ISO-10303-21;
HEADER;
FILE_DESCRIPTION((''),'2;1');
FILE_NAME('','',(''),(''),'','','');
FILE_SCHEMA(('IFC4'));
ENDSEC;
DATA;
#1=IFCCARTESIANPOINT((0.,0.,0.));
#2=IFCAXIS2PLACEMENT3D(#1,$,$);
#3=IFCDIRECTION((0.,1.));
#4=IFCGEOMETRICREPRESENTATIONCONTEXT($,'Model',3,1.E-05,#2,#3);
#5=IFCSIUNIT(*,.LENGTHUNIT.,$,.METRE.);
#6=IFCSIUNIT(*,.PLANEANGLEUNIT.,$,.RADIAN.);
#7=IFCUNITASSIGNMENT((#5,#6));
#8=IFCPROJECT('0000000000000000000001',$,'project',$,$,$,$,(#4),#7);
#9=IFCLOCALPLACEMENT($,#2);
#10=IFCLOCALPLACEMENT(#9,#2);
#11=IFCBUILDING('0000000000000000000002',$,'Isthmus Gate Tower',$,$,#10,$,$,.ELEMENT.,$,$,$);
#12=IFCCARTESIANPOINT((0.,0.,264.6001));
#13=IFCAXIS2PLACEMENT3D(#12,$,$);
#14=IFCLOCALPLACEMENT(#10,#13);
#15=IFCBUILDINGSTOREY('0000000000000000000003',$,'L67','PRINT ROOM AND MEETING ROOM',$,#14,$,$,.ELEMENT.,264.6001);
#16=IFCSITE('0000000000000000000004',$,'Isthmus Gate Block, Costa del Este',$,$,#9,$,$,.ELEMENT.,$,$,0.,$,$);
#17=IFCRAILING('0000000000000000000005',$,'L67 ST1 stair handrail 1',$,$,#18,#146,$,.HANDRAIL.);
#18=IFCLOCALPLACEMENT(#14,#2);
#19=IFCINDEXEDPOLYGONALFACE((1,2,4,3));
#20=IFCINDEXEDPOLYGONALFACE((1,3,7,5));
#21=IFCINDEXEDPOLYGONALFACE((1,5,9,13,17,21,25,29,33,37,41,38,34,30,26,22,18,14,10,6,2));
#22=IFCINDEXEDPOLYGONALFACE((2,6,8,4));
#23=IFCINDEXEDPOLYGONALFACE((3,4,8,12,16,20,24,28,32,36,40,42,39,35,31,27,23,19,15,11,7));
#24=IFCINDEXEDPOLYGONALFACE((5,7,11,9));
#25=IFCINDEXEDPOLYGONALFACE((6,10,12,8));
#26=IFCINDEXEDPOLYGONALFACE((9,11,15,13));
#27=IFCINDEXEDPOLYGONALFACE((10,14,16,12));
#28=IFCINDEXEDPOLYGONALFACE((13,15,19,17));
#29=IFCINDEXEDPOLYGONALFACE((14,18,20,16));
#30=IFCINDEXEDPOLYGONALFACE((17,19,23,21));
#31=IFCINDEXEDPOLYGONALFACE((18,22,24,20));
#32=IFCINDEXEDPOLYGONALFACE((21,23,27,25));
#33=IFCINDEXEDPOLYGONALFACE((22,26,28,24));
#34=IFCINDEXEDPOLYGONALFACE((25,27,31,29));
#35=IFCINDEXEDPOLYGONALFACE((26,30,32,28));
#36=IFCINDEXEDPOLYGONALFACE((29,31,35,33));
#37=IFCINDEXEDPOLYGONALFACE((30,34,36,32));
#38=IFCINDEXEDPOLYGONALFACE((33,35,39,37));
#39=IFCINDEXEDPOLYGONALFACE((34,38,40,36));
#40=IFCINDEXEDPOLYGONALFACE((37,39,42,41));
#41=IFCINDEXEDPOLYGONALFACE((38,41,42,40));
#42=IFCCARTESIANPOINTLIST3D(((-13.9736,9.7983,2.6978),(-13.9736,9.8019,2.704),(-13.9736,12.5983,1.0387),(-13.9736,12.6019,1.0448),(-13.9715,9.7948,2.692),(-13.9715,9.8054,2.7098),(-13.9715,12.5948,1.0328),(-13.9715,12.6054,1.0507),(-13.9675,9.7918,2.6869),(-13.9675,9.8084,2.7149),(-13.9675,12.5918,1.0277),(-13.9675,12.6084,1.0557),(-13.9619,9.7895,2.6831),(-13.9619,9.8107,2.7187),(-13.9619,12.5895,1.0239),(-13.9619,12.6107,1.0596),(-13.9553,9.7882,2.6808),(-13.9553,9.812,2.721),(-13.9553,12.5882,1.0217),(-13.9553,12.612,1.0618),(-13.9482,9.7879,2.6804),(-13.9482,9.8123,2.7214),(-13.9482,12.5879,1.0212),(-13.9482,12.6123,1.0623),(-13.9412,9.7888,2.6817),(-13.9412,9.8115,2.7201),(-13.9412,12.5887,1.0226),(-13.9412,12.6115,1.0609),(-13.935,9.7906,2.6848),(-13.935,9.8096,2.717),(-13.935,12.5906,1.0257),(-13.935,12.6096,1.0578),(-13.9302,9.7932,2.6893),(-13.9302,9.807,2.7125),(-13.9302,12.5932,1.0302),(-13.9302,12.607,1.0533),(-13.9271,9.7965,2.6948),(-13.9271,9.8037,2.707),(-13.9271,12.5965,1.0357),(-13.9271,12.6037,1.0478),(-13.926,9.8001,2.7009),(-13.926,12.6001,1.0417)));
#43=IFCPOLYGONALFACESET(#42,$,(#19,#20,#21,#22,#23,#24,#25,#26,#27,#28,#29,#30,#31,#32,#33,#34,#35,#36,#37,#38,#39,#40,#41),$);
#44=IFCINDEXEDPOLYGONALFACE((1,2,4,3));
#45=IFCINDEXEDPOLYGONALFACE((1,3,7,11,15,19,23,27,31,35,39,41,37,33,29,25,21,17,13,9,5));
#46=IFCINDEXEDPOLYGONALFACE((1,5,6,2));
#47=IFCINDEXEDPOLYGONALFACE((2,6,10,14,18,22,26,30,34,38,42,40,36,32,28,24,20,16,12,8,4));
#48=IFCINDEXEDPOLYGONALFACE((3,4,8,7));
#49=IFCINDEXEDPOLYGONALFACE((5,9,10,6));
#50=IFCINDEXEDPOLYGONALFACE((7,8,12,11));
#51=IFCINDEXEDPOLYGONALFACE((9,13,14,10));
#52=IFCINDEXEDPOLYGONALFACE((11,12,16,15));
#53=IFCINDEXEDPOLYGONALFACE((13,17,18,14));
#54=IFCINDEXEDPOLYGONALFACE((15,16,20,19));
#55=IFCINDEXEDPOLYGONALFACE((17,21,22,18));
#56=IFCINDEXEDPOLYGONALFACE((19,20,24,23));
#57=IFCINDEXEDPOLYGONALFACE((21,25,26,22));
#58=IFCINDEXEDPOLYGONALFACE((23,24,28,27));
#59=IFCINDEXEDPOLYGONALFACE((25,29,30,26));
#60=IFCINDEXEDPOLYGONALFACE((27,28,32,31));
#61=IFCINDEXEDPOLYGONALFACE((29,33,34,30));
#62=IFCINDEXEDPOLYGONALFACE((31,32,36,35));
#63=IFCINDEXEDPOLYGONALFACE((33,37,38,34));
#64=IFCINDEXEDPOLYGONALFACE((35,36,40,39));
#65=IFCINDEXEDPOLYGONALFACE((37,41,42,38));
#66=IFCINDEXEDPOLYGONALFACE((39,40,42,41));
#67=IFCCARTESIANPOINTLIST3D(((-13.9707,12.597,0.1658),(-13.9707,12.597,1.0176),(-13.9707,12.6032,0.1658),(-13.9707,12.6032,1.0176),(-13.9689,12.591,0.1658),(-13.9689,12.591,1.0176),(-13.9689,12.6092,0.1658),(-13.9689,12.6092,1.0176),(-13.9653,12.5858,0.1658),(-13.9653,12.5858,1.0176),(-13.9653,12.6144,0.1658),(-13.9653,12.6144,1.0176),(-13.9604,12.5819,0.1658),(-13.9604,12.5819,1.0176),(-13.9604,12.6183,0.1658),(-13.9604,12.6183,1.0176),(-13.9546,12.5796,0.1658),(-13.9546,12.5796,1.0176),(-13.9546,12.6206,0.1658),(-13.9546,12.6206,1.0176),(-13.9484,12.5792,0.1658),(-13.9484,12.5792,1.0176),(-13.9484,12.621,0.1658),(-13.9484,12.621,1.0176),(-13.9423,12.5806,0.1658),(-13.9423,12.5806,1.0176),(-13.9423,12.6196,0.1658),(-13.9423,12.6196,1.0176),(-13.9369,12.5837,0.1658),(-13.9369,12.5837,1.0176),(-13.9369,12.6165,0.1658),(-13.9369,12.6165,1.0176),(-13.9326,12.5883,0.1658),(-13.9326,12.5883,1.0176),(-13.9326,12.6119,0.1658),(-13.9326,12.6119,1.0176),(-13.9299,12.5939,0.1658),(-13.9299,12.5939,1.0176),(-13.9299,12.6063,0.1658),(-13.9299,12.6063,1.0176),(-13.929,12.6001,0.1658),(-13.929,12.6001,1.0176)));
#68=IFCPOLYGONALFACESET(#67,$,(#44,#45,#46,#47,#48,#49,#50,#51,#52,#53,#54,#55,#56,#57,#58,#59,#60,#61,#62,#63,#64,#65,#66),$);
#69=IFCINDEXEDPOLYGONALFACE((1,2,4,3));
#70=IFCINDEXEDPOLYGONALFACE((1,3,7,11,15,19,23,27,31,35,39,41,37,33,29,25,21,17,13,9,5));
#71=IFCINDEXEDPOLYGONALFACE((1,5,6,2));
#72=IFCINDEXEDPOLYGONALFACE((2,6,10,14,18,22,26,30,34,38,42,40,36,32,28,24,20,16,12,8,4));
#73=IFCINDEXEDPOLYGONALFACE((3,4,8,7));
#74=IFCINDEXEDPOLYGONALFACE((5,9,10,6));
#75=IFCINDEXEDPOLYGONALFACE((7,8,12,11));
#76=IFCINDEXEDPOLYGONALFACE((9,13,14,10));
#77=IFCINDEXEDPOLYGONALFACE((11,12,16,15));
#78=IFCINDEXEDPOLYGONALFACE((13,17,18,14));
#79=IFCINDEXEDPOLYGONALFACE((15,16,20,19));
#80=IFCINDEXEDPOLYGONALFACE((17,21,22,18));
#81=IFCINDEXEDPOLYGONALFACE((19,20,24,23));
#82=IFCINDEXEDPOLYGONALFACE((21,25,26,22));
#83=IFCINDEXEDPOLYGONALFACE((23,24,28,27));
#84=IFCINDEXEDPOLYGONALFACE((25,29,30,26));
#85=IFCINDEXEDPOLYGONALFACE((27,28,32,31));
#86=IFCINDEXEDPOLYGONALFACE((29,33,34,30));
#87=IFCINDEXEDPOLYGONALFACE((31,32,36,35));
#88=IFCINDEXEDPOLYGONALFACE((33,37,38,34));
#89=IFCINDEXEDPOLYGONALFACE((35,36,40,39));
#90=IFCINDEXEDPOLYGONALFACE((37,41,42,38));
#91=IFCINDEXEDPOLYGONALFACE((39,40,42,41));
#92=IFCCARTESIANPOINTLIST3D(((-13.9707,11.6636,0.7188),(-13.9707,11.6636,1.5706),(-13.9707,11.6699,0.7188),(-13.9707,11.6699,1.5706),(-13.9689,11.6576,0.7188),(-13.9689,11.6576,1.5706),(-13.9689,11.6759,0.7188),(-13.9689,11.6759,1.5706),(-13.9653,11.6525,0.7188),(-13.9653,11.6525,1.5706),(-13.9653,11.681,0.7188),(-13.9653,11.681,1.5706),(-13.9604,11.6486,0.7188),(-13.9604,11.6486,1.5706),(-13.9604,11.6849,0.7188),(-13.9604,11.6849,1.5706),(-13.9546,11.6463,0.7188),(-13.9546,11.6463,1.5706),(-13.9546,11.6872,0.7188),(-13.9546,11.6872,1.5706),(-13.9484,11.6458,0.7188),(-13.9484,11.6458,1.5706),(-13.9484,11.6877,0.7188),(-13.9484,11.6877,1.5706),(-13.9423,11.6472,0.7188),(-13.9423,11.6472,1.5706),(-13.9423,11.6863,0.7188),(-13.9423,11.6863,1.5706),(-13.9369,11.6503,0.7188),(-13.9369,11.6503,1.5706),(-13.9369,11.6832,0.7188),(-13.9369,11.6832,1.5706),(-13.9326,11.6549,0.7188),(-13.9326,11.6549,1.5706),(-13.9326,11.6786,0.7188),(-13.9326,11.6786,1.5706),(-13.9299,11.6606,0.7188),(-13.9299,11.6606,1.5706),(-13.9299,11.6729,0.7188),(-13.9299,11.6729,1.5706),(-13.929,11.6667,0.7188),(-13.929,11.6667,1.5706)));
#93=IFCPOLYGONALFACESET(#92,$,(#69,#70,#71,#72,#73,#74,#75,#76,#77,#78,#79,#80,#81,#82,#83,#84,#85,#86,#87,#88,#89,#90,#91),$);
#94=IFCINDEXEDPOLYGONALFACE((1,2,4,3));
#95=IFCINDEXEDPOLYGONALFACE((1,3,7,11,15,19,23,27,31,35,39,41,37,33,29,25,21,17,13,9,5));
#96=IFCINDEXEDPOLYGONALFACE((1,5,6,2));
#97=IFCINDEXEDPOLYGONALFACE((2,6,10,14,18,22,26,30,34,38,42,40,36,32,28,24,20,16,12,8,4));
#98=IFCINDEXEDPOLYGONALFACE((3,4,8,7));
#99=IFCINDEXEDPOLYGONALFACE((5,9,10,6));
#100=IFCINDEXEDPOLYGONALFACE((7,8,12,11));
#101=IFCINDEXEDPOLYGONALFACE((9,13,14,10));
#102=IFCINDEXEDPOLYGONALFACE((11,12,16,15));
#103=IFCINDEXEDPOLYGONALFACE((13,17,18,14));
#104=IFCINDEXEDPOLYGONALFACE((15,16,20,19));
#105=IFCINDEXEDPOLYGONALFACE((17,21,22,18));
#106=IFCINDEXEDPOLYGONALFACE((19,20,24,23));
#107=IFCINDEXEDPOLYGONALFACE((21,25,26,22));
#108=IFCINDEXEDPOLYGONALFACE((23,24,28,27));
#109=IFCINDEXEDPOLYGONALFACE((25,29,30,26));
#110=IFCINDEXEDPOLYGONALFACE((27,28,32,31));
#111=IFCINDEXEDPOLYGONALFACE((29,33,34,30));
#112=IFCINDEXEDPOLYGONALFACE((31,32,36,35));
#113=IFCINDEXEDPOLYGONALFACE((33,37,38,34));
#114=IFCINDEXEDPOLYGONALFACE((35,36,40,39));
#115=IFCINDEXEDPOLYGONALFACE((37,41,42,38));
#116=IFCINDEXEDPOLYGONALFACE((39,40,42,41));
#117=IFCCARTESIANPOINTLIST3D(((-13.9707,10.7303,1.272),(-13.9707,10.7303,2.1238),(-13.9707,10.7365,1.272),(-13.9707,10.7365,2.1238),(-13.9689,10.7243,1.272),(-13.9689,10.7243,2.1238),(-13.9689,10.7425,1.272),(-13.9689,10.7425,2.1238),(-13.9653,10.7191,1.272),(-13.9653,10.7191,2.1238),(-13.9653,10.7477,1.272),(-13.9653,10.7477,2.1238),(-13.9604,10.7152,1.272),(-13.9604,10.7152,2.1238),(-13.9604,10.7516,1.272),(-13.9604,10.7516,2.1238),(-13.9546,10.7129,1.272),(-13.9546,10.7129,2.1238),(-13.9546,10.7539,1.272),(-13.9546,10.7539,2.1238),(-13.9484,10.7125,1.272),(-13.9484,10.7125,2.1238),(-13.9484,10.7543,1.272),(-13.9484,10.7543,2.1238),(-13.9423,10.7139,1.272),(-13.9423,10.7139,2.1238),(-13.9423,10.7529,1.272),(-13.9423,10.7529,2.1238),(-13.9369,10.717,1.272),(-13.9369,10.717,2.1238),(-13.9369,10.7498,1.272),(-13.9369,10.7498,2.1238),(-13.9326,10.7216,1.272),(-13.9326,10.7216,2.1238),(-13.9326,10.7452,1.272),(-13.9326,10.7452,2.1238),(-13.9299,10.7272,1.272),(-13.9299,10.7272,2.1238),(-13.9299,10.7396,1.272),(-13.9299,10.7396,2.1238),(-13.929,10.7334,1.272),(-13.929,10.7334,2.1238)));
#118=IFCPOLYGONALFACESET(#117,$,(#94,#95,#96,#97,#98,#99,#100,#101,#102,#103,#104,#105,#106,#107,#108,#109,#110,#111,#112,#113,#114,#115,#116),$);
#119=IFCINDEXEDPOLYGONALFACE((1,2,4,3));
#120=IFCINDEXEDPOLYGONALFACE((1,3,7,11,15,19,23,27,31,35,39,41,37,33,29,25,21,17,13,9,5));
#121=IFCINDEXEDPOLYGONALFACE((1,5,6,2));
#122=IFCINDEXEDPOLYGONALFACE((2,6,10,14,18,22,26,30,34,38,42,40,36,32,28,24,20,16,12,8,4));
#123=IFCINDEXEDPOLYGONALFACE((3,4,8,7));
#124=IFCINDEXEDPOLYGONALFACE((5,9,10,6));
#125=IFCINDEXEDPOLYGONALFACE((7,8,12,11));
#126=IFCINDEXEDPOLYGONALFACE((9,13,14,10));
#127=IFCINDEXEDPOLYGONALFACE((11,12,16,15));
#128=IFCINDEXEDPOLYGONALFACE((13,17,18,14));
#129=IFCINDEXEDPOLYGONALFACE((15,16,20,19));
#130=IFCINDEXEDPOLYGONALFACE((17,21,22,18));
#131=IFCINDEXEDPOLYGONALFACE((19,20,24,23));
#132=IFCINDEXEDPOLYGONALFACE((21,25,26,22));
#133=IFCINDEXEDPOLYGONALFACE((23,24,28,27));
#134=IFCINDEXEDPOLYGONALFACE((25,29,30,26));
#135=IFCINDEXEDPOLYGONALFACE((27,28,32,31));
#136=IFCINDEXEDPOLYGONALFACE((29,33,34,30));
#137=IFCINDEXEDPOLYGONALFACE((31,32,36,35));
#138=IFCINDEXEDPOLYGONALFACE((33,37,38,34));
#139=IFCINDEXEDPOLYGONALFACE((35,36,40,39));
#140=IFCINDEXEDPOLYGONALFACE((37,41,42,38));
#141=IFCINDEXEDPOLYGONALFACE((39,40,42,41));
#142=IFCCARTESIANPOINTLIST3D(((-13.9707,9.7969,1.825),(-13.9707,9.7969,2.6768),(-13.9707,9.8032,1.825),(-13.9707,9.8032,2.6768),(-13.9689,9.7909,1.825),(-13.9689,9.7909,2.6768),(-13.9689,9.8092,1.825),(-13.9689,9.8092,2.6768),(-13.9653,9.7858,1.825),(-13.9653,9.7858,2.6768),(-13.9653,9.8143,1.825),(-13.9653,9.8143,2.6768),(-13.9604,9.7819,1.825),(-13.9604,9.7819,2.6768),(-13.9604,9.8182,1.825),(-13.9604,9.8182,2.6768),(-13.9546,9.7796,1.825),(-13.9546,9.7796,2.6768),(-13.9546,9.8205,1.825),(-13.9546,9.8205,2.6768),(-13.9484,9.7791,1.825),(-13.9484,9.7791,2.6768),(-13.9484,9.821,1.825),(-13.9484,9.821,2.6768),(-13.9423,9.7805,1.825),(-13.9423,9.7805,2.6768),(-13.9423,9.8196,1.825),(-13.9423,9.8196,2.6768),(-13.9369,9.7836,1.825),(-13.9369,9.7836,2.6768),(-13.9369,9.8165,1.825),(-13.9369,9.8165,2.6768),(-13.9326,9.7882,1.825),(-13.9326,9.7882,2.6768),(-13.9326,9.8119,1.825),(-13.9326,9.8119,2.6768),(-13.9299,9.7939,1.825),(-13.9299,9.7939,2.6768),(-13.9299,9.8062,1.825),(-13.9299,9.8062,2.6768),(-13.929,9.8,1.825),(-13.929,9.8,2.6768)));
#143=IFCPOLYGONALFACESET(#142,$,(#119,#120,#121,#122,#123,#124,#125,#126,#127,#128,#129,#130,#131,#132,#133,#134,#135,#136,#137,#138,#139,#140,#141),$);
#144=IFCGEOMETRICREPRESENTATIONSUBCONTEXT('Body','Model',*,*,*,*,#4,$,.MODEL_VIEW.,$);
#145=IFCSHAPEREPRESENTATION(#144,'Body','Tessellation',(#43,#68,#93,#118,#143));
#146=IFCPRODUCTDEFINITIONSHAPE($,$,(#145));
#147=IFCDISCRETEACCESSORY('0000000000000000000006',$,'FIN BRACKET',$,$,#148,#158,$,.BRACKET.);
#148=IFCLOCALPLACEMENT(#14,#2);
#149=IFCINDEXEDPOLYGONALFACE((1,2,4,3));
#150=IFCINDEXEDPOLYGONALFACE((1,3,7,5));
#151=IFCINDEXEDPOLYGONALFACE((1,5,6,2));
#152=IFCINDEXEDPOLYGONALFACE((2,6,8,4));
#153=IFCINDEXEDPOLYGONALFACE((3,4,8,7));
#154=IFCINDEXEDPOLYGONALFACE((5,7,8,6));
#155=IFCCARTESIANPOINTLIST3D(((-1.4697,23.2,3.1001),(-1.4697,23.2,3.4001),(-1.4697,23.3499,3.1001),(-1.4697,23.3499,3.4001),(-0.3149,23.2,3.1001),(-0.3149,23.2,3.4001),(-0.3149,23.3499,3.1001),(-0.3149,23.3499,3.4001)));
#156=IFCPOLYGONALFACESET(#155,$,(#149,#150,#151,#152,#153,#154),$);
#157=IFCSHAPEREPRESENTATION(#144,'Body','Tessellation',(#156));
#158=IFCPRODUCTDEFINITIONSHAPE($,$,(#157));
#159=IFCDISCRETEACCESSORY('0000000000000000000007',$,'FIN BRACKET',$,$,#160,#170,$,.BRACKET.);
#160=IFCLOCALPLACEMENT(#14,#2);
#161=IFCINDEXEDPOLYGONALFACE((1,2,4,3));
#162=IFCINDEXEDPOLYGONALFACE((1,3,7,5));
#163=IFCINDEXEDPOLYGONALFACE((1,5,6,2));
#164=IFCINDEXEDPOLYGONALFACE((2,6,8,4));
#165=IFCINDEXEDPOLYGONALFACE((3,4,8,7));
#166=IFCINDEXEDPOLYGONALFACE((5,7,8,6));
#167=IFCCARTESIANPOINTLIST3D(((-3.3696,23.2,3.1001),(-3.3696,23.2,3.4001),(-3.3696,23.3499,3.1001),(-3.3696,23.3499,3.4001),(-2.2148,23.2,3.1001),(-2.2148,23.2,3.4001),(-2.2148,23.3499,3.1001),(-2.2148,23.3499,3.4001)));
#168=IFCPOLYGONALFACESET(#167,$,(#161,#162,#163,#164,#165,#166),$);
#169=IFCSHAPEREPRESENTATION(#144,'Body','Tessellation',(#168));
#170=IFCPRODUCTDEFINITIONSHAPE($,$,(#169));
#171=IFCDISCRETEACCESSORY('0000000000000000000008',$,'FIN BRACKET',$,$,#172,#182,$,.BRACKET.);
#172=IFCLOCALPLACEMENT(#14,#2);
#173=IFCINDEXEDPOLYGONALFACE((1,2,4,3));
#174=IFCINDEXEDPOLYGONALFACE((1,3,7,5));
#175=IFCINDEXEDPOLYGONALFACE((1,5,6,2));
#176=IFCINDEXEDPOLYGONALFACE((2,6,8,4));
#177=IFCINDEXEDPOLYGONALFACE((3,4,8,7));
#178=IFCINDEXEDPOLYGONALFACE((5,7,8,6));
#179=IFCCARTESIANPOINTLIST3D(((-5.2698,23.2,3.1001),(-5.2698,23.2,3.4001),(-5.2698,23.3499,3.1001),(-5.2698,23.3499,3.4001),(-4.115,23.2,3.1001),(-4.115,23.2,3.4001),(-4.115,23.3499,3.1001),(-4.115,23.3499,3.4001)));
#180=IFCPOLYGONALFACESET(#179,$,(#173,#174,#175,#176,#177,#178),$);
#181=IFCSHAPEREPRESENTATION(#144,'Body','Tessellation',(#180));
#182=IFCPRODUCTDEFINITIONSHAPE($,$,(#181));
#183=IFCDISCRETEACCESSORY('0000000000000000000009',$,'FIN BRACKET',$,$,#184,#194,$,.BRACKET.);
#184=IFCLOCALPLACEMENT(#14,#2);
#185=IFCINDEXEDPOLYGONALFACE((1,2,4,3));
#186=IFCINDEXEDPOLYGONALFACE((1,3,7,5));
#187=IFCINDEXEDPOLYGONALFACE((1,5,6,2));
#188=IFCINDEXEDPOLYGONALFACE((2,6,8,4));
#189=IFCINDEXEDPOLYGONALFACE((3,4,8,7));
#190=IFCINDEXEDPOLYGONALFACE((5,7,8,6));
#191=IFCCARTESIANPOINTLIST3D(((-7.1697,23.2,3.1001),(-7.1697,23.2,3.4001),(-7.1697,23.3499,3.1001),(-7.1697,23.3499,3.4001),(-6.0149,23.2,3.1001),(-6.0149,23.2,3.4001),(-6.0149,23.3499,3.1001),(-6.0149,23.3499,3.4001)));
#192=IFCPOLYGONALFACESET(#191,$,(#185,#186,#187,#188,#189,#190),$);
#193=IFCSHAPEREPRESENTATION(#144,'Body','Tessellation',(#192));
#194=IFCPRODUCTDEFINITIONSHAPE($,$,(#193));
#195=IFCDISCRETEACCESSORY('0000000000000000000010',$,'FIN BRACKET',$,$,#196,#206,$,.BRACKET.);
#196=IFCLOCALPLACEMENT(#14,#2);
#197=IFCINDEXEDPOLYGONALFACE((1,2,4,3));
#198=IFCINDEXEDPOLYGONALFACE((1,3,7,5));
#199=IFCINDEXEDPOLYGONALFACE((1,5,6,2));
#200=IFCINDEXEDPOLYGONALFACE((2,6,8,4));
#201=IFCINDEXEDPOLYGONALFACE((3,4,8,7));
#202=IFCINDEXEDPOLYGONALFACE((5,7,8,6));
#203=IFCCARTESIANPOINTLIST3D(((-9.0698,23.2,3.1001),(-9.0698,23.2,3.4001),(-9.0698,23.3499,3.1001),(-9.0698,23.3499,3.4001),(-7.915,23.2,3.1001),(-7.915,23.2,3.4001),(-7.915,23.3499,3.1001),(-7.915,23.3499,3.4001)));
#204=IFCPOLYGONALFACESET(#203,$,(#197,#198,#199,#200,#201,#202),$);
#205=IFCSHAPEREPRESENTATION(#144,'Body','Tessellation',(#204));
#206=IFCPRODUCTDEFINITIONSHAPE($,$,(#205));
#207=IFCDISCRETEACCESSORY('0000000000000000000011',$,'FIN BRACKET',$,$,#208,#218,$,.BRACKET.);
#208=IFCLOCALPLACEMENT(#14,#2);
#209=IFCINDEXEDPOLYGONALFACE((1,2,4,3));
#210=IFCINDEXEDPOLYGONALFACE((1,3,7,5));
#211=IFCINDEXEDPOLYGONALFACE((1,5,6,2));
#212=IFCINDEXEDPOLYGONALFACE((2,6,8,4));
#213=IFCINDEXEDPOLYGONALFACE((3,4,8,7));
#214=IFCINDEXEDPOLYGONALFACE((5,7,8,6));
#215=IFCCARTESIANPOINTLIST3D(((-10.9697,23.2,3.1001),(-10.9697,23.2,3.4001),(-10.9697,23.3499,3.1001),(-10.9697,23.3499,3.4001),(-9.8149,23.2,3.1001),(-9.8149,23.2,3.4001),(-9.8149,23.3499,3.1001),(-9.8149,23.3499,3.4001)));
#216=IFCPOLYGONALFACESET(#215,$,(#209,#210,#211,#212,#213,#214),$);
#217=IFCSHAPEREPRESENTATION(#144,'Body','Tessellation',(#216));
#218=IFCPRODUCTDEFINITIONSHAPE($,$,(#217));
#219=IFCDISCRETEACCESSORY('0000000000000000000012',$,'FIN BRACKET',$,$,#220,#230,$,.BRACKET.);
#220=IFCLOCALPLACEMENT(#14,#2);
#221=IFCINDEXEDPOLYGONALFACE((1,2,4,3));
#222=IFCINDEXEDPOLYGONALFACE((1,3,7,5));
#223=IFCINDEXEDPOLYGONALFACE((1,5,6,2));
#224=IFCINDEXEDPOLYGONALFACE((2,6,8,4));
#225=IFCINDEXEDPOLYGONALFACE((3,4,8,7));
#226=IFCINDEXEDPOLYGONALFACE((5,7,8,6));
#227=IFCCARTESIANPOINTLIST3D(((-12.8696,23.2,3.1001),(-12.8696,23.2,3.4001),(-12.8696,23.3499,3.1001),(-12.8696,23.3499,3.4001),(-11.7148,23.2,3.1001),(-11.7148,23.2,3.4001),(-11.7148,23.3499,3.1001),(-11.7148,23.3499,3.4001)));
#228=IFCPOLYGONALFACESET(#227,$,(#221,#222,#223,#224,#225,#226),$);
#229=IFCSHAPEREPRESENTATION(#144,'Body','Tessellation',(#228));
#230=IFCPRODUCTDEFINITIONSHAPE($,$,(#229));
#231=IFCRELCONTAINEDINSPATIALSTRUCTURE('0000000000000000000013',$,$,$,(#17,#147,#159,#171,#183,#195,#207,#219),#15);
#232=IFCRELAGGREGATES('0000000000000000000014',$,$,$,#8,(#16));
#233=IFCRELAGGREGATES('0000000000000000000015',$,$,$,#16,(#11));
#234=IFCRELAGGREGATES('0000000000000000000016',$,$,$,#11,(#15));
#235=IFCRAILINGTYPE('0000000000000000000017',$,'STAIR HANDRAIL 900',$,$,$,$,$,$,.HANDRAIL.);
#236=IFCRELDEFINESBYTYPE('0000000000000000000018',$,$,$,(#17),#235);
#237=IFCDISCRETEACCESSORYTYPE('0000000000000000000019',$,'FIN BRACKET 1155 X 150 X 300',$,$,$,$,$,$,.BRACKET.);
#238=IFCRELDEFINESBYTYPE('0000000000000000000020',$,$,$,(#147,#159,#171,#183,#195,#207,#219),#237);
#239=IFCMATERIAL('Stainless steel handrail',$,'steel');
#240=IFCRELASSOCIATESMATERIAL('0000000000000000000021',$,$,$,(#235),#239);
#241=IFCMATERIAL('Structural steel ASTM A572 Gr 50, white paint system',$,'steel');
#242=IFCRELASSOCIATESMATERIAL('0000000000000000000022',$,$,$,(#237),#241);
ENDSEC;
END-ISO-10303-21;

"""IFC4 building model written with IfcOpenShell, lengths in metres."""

from ifc_helpers import new_model, si_unit, direction, frame, origin, origin_2d, place, context, subcontext, project, spatial, rectangle, circle, extrude, material, type_object, element, save


model = new_model("IFC4")

# Units and contexts
model_context = context("Model", 3, precision=1e-05, world=origin(), true_north=direction((0.0, 1.0)))
body_context = subcontext(model_context, "Body", "Model", "MODEL_VIEW")
ifc_project = project(units=[si_unit("LENGTHUNIT", "METRE"), si_unit("PLANEANGLEUNIT", "RADIAN")], contexts=[model_context])

# Site, building, storey
site_placement = place(None, origin())
site = spatial("IfcSite", under=ifc_project, at=site_placement, Name="Isthmus Gate Block, Costa del Este", CompositionType="ELEMENT", RefElevation=0.0)
building_placement = place(site_placement, origin())
building = spatial("IfcBuilding", under=site, at=building_placement, Name="Isthmus Gate Tower", CompositionType="ELEMENT")
storey_placement = place(building_placement, frame((0.0, 0.0, 264.6001)))
storey = spatial("IfcBuildingStorey", under=building, at=storey_placement, Name="L67", Description="PRINT ROOM AND MEETING ROOM", CompositionType="ELEMENT", Elevation=264.6001)

# Railing
ifc_material_1 = material(Name="Stainless steel handrail", Category="steel")
railing_type_1 = type_object("IfcRailingType", Name="STAIR HANDRAIL 900", PredefinedType="HANDRAIL", material=ifc_material_1)
railing_1_placement = place(storey_placement, frame((-13.95, 12.6001, 0.1658)))
element("IfcRailing", 1, at=railing_1_placement, inside=storey, type_object=railing_type_1, Name="L67 ST1 stair handrail 1", PredefinedType="HANDRAIL", context=body_context, shape_type="SweptSolid", body=[
    extrude(circle(Radius=0.0239, at=origin_2d()), frame((0.0, 0.0, 0.876), z_axis=(0.0, -0.860306, 0.509778), x_axis=(1.0, 0.0, 0.0)), (0.0, 0.0, 1.0), 3.2546),
    extrude(circle(Radius=0.021, at=origin_2d()), origin(), (0.0, 0.0, 1.0), 0.8518),
    extrude(circle(Radius=0.021, at=origin_2d()), frame((0.0, -0.9333, 0.553)), (0.0, 0.0, 1.0), 0.8518),
    extrude(circle(Radius=0.021, at=origin_2d()), frame((0.0, -1.8667, 1.1062)), (0.0, 0.0, 1.0), 0.8518),
    extrude(circle(Radius=0.021, at=origin_2d()), frame((0.0, -2.8, 1.6592)), (0.0, 0.0, 1.0), 0.8518),
])

# Discrete accessories
ifc_material_2 = material(Name="Structural steel ASTM A572 Gr 50, white paint system", Category="steel")
discrete_accessory_type = type_object("IfcDiscreteAccessoryType", Name="FIN BRACKET 1155 X 150 X 300", PredefinedType="BRACKET", material=ifc_material_2)
for number, where, z_axis, x_axis, name in (
    (2, (-0.8923, 23.2749, 3.1001), (0.0, 0.0, 1.0), (0.0, 1.0, 0.0), "FIN BRACKET"),
    (3, (-2.7922, 23.2749, 3.1001), (0.0, 0.0, 1.0), (0.0, 1.0, 0.0), "FIN BRACKET"),
    (4, (-4.6924, 23.2749, 3.1001), (0.0, 0.0, 1.0), (0.0, 1.0, 0.0), "FIN BRACKET"),
    (5, (-6.5923, 23.2749, 3.1001), (0.0, 0.0, 1.0), (0.0, 1.0, 0.0), "FIN BRACKET"),
    (6, (-8.4924, 23.2749, 3.1001), (0.0, 0.0, 1.0), (0.0, 1.0, 0.0), "FIN BRACKET"),
    (7, (-10.3923, 23.2749, 3.1001), (0.0, 0.0, 1.0), (0.0, 1.0, 0.0), "FIN BRACKET"),
    (8, (-12.2922, 23.2749, 3.1001), (0.0, 0.0, 1.0), (0.0, 1.0, 0.0), "FIN BRACKET"),
):
    element("IfcDiscreteAccessory", number, at=place(storey_placement, frame(where, z_axis=z_axis, x_axis=x_axis)), inside=storey, type_object=discrete_accessory_type, Name=name, PredefinedType="BRACKET", context=body_context, shape_type="SweptSolid", body=[
        extrude(rectangle(XDim=0.1499, YDim=1.1548, at=origin_2d()), origin(), (0.0, 0.0, 1.0), 0.3),
    ])

save(model, "model.ifc")
